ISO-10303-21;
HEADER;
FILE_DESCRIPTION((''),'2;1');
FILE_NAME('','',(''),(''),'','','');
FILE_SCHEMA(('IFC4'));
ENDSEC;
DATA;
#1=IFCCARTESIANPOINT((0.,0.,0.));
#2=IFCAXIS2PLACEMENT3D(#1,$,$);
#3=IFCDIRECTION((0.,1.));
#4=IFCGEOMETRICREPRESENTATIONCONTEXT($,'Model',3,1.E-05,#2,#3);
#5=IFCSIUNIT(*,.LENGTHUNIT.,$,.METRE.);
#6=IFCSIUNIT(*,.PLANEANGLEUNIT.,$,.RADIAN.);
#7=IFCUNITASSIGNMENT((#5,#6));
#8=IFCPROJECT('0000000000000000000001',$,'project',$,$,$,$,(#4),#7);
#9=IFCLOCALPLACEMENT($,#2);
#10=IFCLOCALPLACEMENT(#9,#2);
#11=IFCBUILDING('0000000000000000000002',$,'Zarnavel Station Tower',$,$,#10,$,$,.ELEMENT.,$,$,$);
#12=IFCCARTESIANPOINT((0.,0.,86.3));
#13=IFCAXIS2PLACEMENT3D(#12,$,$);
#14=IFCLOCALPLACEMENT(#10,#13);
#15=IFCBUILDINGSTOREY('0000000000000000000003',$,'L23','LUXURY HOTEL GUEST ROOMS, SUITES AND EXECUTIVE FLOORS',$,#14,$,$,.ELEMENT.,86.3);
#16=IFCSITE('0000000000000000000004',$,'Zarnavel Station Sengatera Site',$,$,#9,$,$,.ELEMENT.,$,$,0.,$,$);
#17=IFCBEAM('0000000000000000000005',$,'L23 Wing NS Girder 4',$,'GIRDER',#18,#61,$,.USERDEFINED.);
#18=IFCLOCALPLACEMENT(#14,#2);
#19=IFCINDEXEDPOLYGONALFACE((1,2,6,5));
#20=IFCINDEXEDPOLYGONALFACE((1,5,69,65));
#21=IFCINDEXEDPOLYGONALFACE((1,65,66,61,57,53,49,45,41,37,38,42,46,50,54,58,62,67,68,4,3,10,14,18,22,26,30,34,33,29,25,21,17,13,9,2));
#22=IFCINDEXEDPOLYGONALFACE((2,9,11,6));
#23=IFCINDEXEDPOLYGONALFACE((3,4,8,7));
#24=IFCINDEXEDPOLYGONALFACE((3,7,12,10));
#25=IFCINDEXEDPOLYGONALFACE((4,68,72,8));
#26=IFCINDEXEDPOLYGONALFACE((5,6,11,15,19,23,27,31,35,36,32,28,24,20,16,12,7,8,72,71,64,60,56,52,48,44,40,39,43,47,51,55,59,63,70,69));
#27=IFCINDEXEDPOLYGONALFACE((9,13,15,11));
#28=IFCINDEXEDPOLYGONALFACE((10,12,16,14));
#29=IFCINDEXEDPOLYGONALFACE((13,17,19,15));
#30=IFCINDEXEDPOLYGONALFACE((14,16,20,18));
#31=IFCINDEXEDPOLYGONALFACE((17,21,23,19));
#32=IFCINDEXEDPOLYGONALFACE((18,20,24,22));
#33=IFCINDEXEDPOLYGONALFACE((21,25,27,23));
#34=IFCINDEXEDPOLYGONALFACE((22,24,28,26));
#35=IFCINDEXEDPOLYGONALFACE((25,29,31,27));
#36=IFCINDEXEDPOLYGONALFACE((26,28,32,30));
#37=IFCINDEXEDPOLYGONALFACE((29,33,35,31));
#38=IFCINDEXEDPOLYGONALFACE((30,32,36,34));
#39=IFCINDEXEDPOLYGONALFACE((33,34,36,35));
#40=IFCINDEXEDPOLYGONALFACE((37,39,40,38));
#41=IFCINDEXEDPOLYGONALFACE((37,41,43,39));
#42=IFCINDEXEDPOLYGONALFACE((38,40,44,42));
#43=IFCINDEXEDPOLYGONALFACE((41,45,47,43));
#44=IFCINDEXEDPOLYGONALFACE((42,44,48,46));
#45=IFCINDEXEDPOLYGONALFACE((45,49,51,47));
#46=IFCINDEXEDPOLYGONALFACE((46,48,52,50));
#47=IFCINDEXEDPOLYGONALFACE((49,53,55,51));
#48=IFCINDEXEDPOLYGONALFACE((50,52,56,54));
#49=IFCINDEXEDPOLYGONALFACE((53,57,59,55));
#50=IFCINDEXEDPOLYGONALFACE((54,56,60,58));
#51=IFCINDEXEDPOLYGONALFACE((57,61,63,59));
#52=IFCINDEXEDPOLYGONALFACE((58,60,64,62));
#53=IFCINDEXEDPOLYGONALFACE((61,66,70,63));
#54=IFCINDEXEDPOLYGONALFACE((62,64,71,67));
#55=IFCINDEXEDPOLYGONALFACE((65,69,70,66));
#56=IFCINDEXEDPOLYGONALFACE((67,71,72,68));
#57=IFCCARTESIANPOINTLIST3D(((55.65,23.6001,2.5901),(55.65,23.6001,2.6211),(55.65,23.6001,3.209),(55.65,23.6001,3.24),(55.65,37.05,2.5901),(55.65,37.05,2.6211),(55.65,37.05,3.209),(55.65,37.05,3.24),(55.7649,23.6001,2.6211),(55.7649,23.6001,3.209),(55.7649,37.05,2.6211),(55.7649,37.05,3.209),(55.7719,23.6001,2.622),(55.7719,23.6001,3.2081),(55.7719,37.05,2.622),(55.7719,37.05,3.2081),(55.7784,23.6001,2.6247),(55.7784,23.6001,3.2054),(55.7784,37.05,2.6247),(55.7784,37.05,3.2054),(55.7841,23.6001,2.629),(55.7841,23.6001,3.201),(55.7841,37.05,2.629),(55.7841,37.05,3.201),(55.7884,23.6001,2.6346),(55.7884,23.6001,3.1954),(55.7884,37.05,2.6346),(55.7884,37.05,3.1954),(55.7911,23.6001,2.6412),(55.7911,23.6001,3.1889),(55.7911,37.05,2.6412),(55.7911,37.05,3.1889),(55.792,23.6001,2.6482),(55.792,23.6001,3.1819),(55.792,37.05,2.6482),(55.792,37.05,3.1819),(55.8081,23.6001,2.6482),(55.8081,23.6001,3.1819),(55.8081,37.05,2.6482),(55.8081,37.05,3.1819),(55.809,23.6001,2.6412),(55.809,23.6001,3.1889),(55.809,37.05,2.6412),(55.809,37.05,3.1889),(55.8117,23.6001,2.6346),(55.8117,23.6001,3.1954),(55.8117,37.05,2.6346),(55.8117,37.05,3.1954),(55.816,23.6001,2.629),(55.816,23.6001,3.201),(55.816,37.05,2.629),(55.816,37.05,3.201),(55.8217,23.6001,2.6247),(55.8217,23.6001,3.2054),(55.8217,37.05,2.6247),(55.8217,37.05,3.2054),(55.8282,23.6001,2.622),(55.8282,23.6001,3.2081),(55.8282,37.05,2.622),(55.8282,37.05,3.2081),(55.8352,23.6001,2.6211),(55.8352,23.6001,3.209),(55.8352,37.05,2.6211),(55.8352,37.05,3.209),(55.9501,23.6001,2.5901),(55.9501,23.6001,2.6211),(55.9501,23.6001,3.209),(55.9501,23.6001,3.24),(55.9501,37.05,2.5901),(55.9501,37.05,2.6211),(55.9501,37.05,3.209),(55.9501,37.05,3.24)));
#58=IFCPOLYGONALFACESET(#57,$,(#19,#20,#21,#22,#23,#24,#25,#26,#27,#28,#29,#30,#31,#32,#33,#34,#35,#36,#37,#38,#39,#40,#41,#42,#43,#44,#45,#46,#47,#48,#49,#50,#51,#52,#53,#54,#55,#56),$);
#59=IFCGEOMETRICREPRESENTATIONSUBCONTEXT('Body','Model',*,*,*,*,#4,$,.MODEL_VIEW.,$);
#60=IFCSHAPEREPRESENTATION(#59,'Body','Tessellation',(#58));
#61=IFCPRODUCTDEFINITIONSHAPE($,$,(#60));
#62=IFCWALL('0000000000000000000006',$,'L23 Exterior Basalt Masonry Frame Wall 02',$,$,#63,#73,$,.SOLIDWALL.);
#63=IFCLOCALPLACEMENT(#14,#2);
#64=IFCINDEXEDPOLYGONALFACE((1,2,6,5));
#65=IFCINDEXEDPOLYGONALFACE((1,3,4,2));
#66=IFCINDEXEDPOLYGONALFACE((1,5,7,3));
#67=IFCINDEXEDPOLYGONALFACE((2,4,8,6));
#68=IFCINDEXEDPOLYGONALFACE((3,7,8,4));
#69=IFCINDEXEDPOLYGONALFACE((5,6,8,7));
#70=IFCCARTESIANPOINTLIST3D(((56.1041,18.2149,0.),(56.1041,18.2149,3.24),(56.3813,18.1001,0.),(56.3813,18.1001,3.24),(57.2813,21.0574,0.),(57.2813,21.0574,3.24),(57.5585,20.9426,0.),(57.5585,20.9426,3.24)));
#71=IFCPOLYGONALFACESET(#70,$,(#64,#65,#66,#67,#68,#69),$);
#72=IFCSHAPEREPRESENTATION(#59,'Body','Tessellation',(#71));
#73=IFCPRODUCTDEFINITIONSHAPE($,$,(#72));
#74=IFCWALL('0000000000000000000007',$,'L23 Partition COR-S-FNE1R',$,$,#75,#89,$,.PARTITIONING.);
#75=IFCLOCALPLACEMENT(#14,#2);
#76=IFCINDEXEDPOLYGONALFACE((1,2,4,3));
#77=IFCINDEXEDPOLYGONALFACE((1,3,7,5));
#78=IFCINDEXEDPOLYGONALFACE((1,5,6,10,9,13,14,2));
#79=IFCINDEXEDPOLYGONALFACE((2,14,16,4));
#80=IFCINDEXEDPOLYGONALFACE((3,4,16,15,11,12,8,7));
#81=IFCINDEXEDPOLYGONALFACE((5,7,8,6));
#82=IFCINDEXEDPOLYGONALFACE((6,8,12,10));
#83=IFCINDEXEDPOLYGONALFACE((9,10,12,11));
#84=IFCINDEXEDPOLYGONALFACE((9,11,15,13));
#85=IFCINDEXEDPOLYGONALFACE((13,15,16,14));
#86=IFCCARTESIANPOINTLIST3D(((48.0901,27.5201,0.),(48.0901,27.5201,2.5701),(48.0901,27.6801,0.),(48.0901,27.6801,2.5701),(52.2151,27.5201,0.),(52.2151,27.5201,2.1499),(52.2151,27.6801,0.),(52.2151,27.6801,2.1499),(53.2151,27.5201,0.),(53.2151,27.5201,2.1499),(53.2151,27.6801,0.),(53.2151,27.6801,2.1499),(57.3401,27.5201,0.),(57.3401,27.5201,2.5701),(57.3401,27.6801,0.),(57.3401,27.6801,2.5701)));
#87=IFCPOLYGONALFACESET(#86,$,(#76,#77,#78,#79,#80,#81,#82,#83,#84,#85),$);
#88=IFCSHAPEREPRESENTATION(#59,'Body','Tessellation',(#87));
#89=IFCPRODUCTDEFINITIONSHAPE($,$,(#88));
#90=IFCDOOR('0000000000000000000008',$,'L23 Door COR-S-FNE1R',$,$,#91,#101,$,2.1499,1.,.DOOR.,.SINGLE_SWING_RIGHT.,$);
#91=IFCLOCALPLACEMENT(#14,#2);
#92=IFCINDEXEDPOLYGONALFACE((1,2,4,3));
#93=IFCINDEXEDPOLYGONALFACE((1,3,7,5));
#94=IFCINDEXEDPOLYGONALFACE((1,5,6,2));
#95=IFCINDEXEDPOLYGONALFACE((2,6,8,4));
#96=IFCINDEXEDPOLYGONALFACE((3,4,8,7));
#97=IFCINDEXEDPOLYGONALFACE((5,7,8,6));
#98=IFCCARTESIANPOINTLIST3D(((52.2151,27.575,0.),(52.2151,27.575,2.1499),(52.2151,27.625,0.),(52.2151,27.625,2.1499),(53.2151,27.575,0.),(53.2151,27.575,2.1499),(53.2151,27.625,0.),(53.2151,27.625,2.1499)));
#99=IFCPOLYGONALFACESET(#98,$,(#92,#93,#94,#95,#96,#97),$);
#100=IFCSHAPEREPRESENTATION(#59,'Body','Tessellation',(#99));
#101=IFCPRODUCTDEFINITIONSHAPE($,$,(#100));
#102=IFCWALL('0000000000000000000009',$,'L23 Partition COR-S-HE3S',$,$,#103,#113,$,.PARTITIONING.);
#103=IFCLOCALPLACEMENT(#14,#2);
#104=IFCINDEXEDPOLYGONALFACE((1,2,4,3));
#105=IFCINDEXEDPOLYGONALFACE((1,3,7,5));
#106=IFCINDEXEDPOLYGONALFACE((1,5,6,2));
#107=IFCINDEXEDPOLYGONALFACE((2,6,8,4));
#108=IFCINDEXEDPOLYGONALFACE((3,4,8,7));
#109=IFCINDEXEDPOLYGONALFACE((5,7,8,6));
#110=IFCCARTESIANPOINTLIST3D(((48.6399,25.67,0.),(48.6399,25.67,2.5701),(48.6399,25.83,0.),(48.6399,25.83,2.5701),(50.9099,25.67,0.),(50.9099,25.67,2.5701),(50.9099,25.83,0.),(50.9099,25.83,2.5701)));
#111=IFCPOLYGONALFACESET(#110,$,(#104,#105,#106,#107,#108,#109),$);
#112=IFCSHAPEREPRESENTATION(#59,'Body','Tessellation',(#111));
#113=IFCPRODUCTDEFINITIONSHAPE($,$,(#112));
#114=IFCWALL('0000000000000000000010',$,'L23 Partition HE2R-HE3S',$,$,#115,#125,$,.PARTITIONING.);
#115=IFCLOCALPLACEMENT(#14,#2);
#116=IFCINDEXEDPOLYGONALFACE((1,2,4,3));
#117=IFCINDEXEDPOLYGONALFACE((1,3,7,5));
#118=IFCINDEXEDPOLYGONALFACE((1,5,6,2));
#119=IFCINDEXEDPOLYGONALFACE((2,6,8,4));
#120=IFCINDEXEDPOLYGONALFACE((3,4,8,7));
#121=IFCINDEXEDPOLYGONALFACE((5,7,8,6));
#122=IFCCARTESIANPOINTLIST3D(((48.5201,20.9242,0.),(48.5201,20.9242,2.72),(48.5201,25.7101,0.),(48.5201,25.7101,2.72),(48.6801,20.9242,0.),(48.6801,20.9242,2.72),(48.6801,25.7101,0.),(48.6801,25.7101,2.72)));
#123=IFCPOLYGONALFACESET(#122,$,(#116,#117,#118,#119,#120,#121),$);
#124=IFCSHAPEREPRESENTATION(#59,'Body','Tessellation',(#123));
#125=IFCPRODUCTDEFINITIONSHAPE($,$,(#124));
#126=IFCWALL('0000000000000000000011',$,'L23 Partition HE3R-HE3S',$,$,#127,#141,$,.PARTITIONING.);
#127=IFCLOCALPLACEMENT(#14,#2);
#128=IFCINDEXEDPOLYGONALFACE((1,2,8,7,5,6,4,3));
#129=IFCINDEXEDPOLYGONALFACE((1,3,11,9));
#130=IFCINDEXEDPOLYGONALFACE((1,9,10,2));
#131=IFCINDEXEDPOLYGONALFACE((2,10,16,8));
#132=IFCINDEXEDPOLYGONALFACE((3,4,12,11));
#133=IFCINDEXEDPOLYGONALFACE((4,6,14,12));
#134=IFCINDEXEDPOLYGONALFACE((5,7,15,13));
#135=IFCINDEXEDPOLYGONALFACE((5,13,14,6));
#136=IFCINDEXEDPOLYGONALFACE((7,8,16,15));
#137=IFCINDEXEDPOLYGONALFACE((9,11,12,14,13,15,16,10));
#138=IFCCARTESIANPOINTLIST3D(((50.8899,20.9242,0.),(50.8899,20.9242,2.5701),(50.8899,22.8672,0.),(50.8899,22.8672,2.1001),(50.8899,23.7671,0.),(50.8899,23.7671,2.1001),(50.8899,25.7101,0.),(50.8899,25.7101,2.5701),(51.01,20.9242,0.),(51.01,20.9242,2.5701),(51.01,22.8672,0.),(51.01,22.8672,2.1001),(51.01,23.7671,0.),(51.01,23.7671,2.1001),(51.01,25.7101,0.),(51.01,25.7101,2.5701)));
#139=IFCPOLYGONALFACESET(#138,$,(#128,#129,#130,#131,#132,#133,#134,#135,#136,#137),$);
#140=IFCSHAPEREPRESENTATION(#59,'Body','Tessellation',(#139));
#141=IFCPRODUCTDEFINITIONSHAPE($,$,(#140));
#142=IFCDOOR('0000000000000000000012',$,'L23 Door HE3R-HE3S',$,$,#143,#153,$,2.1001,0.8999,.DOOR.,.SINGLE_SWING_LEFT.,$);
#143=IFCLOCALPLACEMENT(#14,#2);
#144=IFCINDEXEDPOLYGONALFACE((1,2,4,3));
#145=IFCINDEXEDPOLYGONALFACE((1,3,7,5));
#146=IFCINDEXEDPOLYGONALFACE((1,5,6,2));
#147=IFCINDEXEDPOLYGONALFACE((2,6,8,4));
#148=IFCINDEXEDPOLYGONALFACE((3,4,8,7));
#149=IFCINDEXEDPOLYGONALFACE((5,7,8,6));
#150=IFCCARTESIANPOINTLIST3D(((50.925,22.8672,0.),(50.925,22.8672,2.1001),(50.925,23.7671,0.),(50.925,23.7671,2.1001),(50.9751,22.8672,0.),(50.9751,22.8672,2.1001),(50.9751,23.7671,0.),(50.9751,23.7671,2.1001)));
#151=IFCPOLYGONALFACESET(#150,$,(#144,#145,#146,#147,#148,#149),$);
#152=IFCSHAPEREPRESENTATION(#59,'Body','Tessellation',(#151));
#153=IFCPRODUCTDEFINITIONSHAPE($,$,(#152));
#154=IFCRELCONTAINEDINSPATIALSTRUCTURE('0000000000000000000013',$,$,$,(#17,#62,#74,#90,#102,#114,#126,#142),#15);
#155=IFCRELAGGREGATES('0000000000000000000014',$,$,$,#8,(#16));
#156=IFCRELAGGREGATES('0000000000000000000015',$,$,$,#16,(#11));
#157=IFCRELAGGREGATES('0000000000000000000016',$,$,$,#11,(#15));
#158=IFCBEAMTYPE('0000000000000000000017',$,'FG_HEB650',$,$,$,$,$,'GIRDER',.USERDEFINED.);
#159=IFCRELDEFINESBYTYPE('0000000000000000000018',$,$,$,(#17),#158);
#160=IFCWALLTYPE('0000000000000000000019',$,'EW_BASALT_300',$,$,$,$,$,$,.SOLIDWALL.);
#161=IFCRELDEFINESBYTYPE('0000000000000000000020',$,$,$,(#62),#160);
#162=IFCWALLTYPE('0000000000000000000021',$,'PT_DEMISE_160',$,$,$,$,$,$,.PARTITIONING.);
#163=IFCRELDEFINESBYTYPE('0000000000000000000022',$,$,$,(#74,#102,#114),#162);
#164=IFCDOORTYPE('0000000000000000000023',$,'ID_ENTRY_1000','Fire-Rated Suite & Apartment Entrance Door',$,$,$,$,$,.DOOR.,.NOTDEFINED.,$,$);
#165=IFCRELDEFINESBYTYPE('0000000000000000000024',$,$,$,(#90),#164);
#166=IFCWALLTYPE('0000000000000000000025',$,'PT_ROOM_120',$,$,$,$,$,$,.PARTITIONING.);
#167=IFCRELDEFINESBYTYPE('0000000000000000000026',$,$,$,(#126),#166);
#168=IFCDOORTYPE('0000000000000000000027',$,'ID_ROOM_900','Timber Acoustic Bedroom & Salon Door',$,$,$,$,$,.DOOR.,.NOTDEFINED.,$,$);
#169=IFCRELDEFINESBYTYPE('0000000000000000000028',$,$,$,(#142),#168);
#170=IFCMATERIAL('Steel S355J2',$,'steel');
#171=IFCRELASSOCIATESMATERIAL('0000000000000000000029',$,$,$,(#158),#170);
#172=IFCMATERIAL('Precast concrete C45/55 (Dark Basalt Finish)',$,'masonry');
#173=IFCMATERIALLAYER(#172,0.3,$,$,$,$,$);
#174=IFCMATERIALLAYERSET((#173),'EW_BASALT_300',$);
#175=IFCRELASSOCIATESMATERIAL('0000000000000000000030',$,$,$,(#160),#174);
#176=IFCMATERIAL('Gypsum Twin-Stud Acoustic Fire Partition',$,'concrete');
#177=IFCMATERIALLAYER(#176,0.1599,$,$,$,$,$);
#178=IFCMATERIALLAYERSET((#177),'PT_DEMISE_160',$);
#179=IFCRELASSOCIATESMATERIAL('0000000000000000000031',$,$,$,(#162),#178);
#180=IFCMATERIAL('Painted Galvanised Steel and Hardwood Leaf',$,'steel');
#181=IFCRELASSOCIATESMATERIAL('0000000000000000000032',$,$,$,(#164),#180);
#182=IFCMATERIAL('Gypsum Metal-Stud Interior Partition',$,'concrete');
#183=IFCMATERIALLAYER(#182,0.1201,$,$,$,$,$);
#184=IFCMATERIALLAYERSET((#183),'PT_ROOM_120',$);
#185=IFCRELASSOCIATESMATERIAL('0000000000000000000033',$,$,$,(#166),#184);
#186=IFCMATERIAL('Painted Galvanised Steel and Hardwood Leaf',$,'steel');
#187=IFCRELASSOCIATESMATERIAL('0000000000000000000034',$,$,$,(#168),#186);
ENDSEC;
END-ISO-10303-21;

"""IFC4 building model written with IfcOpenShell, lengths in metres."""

from ifc_helpers import new_model, si_unit, direction, frame, frame_2d, origin, origin_2d, place, context, subcontext, project, spatial, rectangle, i_section, extrude, material, layer, layer_set, material_profile, profile_set, type_object, element, fill, save


model = new_model("IFC4")

# Units and contexts
model_context = context("Model", 3, precision=1e-05, world=origin(), true_north=direction((0.0, 1.0)))
body_context = subcontext(model_context, "Body", "Model", "MODEL_VIEW")
ifc_project = project(units=[si_unit("LENGTHUNIT", "METRE"), si_unit("PLANEANGLEUNIT", "RADIAN")], contexts=[model_context])

# Site, building, storey
site_placement = place(None, origin())
site = spatial("IfcSite", under=ifc_project, at=site_placement, Name="Zarnavel Station Sengatera Site", CompositionType="ELEMENT", RefElevation=0.0)
building_placement = place(site_placement, origin())
building = spatial("IfcBuilding", under=site, at=building_placement, Name="Zarnavel Station Tower", CompositionType="ELEMENT")
storey_placement = place(building_placement, frame((0.0, 0.0, 86.3)))
storey = spatial("IfcBuildingStorey", under=building, at=storey_placement, Name="L23", Description="LUXURY HOTEL GUEST ROOMS, SUITES AND EXECUTIVE FLOORS", CompositionType="ELEMENT", Elevation=86.3)

# Beam
ifc_material_1 = material(Name="Steel S355J2", Category="steel")
ifc_material_profile_1 = material_profile(ifc_material_1, i_section(OverallWidth=0.3, OverallDepth=0.6499, WebThickness=0.0161, FlangeThickness=0.031, FilletRadius=0.0271, at=origin_2d()), Name="HEB650")
ifc_profile_set_1 = profile_set([ifc_material_profile_1], Name="Steel S355J2")
beam_type_1 = type_object("IfcBeamType", Name="FG_HEB650", ElementType="GIRDER", PredefinedType="USERDEFINED", material=ifc_profile_set_1)
beam_1_placement = place(storey_placement, frame((55.8, 23.6001, 2.915), z_axis=(0.0, 1.0, 0.0), x_axis=(-1.0, 0.0, 0.0)))
element("IfcBeam", 1, at=beam_1_placement, inside=storey, type_object=beam_type_1, Name="L23 Wing NS Girder 4", ObjectType="GIRDER", PredefinedType="USERDEFINED", context=body_context, shape_type="SweptSolid", body=[
    extrude(i_section(OverallWidth=0.3, OverallDepth=0.6499, WebThickness=0.0161, FlangeThickness=0.031, FilletRadius=0.0271, at=origin_2d()), origin(), (0.0, 0.0, 1.0), 13.45),
])

# Wall
ifc_material_2 = material(Name="Precast concrete C45/55 (Dark Basalt Finish)", Category="masonry")
ifc_layer_1 = layer(ifc_material_2, 0.3)
ifc_layer_set_1 = layer_set([ifc_layer_1], Name="EW_BASALT_300")
wall_type_1 = type_object("IfcWallType", Name="EW_BASALT_300", PredefinedType="SOLIDWALL", material=ifc_layer_set_1)
wall_1_placement = place(storey_placement, frame((57.4199, 21.0, 0.0), z_axis=(0.0, 0.0, 1.0), x_axis=(-0.382637, -0.923899, 0.0)))
element("IfcWall", 2, at=wall_1_placement, inside=storey, type_object=wall_type_1, Name="L23 Exterior Basalt Masonry Frame Wall 02", PredefinedType="SOLIDWALL", context=body_context, shape_type="SweptSolid", body=[
    extrude(rectangle(XDim=3.0767, YDim=0.3, at=frame_2d((1.5383, 0.0))), origin(), (0.0, 0.0, 1.0), 3.24),
])

# Wall, opening, door
ifc_material_3 = material(Name="Gypsum Twin-Stud Acoustic Fire Partition", Category="concrete")
ifc_layer_2 = layer(ifc_material_3, 0.1599)
ifc_layer_set_2 = layer_set([ifc_layer_2], Name="PT_DEMISE_160")
wall_type_2 = type_object("IfcWallType", Name="PT_DEMISE_160", PredefinedType="PARTITIONING", material=ifc_layer_set_2)
wall_2_placement = place(storey_placement, frame((48.0901, 27.6001, 0.0), z_axis=(0.0, 0.0, 1.0), x_axis=(1.0, 0.0, 0.0)))
wall_2 = element("IfcWall", 3, at=wall_2_placement, inside=storey, type_object=wall_type_2, Name="L23 Partition COR-S-FNE1R", PredefinedType="PARTITIONING", context=body_context, shape_type="SweptSolid", body=[
    extrude(rectangle(XDim=9.25, YDim=0.1599, at=frame_2d((4.625, 0.0))), origin(), (0.0, 0.0, 1.0), 2.5701),
])
opening_1_placement = place(wall_2_placement, frame((4.125, 0.0, 0.0)))
opening_1 = element("IfcOpeningElement", 4, at=opening_1_placement, cuts=wall_2, PredefinedType="OPENING", context=body_context, shape_type="SweptSolid", body=[
    extrude(rectangle(XDim=1.0, YDim=2.1499, at=frame_2d((0.5, 1.075))), frame((0.0, 0.0898, 0.0), z_axis=(0.0, -1.0, 0.0), x_axis=(1.0, 0.0, 0.0)), (0.0, 0.0, 1.0), 0.1799),
])
ifc_material_4 = material(Name="Painted Galvanised Steel and Hardwood Leaf", Category="steel")
door_type_1 = type_object("IfcDoorType", Name="ID_ENTRY_1000", Description="Fire-Rated Suite & Apartment Entrance Door", OperationType="NOTDEFINED", PredefinedType="DOOR", material=ifc_material_4)
door_1_placement = place(opening_1_placement, origin())
door_1 = element("IfcDoor", 5, at=door_1_placement, inside=storey, type_object=door_type_1, Name="L23 Door COR-S-FNE1R", OperationType="SINGLE_SWING_RIGHT", OverallHeight=2.1499, OverallWidth=1.0, PredefinedType="DOOR", context=body_context, shape_type="SweptSolid", body=[
    extrude(rectangle(XDim=1.0, YDim=2.1499, at=frame_2d((0.5, 1.075))), frame((0.0, 0.0249, 0.0), z_axis=(0.0, -1.0, 0.0), x_axis=(1.0, 0.0, 0.0)), (0.0, 0.0, 1.0), 0.05),
])
fill(opening_1, door_1)

# Wall
wall_3_placement = place(storey_placement, frame((48.6399, 25.75, 0.0), z_axis=(0.0, 0.0, 1.0), x_axis=(1.0, 0.0, 0.0)))
element("IfcWall", 6, at=wall_3_placement, inside=storey, type_object=wall_type_2, Name="L23 Partition COR-S-HE3S", PredefinedType="PARTITIONING", context=body_context, shape_type="SweptSolid", body=[
    extrude(rectangle(XDim=2.27, YDim=0.1599, at=frame_2d((1.135, 0.0))), origin(), (0.0, 0.0, 1.0), 2.5701),
])

# Wall
wall_4_placement = place(storey_placement, frame((48.6001, 20.9241, 0.0), z_axis=(0.0, 0.0, 1.0), x_axis=(0.0, 1.0, 0.0)))
element("IfcWall", 7, at=wall_4_placement, inside=storey, type_object=wall_type_2, Name="L23 Partition HE2R-HE3S", PredefinedType="PARTITIONING", context=body_context, shape_type="SweptSolid", body=[
    extrude(rectangle(XDim=4.7859, YDim=0.1599, at=frame_2d((2.3931, 0.0))), origin(), (0.0, 0.0, 1.0), 2.72),
])

# Wall, opening, door
ifc_material_5 = material(Name="Gypsum Metal-Stud Interior Partition", Category="concrete")
ifc_layer_3 = layer(ifc_material_5, 0.1201)
ifc_layer_set_3 = layer_set([ifc_layer_3], Name="PT_ROOM_120")
wall_type_3 = type_object("IfcWallType", Name="PT_ROOM_120", PredefinedType="PARTITIONING", material=ifc_layer_set_3)
wall_5_placement = place(storey_placement, frame((50.95, 20.9241, 0.0), z_axis=(0.0, 0.0, 1.0), x_axis=(0.0, 1.0, 0.0)))
wall_5 = element("IfcWall", 8, at=wall_5_placement, inside=storey, type_object=wall_type_3, Name="L23 Partition HE3R-HE3S", PredefinedType="PARTITIONING", context=body_context, shape_type="SweptSolid", body=[
    extrude(rectangle(XDim=4.7859, YDim=0.1201, at=frame_2d((2.3931, 0.0))), origin(), (0.0, 0.0, 1.0), 2.5701),
])
opening_2_placement = place(wall_5_placement, frame((1.9431, 0.0, 0.0)))
opening_2 = element("IfcOpeningElement", 9, at=opening_2_placement, cuts=wall_5, PredefinedType="OPENING", context=body_context, shape_type="SweptSolid", body=[
    extrude(rectangle(XDim=0.8999, YDim=2.1001, at=frame_2d((0.45, 1.05))), frame((0.0, 0.0701, 0.0), z_axis=(0.0, -1.0, 0.0), x_axis=(1.0, 0.0, 0.0)), (0.0, 0.0, 1.0), 0.1401),
])
ifc_material_6 = material(Name="Painted Galvanised Steel and Hardwood Leaf", Category="steel")
door_type_2 = type_object("IfcDoorType", Name="ID_ROOM_900", Description="Timber Acoustic Bedroom & Salon Door", OperationType="NOTDEFINED", PredefinedType="DOOR", material=ifc_material_6)
door_2_placement = place(opening_2_placement, origin())
door_2 = element("IfcDoor", 10, at=door_2_placement, inside=storey, type_object=door_type_2, Name="L23 Door HE3R-HE3S", OperationType="SINGLE_SWING_LEFT", OverallHeight=2.1001, OverallWidth=0.8999, PredefinedType="DOOR", context=body_context, shape_type="SweptSolid", body=[
    extrude(rectangle(XDim=0.8999, YDim=2.1001, at=frame_2d((0.45, 1.05))), frame((0.0, 0.0249, 0.0), z_axis=(0.0, -1.0, 0.0), x_axis=(1.0, 0.0, 0.0)), (0.0, 0.0, 1.0), 0.05),
])
fill(opening_2, door_2)

save(model, "model.ifc")
